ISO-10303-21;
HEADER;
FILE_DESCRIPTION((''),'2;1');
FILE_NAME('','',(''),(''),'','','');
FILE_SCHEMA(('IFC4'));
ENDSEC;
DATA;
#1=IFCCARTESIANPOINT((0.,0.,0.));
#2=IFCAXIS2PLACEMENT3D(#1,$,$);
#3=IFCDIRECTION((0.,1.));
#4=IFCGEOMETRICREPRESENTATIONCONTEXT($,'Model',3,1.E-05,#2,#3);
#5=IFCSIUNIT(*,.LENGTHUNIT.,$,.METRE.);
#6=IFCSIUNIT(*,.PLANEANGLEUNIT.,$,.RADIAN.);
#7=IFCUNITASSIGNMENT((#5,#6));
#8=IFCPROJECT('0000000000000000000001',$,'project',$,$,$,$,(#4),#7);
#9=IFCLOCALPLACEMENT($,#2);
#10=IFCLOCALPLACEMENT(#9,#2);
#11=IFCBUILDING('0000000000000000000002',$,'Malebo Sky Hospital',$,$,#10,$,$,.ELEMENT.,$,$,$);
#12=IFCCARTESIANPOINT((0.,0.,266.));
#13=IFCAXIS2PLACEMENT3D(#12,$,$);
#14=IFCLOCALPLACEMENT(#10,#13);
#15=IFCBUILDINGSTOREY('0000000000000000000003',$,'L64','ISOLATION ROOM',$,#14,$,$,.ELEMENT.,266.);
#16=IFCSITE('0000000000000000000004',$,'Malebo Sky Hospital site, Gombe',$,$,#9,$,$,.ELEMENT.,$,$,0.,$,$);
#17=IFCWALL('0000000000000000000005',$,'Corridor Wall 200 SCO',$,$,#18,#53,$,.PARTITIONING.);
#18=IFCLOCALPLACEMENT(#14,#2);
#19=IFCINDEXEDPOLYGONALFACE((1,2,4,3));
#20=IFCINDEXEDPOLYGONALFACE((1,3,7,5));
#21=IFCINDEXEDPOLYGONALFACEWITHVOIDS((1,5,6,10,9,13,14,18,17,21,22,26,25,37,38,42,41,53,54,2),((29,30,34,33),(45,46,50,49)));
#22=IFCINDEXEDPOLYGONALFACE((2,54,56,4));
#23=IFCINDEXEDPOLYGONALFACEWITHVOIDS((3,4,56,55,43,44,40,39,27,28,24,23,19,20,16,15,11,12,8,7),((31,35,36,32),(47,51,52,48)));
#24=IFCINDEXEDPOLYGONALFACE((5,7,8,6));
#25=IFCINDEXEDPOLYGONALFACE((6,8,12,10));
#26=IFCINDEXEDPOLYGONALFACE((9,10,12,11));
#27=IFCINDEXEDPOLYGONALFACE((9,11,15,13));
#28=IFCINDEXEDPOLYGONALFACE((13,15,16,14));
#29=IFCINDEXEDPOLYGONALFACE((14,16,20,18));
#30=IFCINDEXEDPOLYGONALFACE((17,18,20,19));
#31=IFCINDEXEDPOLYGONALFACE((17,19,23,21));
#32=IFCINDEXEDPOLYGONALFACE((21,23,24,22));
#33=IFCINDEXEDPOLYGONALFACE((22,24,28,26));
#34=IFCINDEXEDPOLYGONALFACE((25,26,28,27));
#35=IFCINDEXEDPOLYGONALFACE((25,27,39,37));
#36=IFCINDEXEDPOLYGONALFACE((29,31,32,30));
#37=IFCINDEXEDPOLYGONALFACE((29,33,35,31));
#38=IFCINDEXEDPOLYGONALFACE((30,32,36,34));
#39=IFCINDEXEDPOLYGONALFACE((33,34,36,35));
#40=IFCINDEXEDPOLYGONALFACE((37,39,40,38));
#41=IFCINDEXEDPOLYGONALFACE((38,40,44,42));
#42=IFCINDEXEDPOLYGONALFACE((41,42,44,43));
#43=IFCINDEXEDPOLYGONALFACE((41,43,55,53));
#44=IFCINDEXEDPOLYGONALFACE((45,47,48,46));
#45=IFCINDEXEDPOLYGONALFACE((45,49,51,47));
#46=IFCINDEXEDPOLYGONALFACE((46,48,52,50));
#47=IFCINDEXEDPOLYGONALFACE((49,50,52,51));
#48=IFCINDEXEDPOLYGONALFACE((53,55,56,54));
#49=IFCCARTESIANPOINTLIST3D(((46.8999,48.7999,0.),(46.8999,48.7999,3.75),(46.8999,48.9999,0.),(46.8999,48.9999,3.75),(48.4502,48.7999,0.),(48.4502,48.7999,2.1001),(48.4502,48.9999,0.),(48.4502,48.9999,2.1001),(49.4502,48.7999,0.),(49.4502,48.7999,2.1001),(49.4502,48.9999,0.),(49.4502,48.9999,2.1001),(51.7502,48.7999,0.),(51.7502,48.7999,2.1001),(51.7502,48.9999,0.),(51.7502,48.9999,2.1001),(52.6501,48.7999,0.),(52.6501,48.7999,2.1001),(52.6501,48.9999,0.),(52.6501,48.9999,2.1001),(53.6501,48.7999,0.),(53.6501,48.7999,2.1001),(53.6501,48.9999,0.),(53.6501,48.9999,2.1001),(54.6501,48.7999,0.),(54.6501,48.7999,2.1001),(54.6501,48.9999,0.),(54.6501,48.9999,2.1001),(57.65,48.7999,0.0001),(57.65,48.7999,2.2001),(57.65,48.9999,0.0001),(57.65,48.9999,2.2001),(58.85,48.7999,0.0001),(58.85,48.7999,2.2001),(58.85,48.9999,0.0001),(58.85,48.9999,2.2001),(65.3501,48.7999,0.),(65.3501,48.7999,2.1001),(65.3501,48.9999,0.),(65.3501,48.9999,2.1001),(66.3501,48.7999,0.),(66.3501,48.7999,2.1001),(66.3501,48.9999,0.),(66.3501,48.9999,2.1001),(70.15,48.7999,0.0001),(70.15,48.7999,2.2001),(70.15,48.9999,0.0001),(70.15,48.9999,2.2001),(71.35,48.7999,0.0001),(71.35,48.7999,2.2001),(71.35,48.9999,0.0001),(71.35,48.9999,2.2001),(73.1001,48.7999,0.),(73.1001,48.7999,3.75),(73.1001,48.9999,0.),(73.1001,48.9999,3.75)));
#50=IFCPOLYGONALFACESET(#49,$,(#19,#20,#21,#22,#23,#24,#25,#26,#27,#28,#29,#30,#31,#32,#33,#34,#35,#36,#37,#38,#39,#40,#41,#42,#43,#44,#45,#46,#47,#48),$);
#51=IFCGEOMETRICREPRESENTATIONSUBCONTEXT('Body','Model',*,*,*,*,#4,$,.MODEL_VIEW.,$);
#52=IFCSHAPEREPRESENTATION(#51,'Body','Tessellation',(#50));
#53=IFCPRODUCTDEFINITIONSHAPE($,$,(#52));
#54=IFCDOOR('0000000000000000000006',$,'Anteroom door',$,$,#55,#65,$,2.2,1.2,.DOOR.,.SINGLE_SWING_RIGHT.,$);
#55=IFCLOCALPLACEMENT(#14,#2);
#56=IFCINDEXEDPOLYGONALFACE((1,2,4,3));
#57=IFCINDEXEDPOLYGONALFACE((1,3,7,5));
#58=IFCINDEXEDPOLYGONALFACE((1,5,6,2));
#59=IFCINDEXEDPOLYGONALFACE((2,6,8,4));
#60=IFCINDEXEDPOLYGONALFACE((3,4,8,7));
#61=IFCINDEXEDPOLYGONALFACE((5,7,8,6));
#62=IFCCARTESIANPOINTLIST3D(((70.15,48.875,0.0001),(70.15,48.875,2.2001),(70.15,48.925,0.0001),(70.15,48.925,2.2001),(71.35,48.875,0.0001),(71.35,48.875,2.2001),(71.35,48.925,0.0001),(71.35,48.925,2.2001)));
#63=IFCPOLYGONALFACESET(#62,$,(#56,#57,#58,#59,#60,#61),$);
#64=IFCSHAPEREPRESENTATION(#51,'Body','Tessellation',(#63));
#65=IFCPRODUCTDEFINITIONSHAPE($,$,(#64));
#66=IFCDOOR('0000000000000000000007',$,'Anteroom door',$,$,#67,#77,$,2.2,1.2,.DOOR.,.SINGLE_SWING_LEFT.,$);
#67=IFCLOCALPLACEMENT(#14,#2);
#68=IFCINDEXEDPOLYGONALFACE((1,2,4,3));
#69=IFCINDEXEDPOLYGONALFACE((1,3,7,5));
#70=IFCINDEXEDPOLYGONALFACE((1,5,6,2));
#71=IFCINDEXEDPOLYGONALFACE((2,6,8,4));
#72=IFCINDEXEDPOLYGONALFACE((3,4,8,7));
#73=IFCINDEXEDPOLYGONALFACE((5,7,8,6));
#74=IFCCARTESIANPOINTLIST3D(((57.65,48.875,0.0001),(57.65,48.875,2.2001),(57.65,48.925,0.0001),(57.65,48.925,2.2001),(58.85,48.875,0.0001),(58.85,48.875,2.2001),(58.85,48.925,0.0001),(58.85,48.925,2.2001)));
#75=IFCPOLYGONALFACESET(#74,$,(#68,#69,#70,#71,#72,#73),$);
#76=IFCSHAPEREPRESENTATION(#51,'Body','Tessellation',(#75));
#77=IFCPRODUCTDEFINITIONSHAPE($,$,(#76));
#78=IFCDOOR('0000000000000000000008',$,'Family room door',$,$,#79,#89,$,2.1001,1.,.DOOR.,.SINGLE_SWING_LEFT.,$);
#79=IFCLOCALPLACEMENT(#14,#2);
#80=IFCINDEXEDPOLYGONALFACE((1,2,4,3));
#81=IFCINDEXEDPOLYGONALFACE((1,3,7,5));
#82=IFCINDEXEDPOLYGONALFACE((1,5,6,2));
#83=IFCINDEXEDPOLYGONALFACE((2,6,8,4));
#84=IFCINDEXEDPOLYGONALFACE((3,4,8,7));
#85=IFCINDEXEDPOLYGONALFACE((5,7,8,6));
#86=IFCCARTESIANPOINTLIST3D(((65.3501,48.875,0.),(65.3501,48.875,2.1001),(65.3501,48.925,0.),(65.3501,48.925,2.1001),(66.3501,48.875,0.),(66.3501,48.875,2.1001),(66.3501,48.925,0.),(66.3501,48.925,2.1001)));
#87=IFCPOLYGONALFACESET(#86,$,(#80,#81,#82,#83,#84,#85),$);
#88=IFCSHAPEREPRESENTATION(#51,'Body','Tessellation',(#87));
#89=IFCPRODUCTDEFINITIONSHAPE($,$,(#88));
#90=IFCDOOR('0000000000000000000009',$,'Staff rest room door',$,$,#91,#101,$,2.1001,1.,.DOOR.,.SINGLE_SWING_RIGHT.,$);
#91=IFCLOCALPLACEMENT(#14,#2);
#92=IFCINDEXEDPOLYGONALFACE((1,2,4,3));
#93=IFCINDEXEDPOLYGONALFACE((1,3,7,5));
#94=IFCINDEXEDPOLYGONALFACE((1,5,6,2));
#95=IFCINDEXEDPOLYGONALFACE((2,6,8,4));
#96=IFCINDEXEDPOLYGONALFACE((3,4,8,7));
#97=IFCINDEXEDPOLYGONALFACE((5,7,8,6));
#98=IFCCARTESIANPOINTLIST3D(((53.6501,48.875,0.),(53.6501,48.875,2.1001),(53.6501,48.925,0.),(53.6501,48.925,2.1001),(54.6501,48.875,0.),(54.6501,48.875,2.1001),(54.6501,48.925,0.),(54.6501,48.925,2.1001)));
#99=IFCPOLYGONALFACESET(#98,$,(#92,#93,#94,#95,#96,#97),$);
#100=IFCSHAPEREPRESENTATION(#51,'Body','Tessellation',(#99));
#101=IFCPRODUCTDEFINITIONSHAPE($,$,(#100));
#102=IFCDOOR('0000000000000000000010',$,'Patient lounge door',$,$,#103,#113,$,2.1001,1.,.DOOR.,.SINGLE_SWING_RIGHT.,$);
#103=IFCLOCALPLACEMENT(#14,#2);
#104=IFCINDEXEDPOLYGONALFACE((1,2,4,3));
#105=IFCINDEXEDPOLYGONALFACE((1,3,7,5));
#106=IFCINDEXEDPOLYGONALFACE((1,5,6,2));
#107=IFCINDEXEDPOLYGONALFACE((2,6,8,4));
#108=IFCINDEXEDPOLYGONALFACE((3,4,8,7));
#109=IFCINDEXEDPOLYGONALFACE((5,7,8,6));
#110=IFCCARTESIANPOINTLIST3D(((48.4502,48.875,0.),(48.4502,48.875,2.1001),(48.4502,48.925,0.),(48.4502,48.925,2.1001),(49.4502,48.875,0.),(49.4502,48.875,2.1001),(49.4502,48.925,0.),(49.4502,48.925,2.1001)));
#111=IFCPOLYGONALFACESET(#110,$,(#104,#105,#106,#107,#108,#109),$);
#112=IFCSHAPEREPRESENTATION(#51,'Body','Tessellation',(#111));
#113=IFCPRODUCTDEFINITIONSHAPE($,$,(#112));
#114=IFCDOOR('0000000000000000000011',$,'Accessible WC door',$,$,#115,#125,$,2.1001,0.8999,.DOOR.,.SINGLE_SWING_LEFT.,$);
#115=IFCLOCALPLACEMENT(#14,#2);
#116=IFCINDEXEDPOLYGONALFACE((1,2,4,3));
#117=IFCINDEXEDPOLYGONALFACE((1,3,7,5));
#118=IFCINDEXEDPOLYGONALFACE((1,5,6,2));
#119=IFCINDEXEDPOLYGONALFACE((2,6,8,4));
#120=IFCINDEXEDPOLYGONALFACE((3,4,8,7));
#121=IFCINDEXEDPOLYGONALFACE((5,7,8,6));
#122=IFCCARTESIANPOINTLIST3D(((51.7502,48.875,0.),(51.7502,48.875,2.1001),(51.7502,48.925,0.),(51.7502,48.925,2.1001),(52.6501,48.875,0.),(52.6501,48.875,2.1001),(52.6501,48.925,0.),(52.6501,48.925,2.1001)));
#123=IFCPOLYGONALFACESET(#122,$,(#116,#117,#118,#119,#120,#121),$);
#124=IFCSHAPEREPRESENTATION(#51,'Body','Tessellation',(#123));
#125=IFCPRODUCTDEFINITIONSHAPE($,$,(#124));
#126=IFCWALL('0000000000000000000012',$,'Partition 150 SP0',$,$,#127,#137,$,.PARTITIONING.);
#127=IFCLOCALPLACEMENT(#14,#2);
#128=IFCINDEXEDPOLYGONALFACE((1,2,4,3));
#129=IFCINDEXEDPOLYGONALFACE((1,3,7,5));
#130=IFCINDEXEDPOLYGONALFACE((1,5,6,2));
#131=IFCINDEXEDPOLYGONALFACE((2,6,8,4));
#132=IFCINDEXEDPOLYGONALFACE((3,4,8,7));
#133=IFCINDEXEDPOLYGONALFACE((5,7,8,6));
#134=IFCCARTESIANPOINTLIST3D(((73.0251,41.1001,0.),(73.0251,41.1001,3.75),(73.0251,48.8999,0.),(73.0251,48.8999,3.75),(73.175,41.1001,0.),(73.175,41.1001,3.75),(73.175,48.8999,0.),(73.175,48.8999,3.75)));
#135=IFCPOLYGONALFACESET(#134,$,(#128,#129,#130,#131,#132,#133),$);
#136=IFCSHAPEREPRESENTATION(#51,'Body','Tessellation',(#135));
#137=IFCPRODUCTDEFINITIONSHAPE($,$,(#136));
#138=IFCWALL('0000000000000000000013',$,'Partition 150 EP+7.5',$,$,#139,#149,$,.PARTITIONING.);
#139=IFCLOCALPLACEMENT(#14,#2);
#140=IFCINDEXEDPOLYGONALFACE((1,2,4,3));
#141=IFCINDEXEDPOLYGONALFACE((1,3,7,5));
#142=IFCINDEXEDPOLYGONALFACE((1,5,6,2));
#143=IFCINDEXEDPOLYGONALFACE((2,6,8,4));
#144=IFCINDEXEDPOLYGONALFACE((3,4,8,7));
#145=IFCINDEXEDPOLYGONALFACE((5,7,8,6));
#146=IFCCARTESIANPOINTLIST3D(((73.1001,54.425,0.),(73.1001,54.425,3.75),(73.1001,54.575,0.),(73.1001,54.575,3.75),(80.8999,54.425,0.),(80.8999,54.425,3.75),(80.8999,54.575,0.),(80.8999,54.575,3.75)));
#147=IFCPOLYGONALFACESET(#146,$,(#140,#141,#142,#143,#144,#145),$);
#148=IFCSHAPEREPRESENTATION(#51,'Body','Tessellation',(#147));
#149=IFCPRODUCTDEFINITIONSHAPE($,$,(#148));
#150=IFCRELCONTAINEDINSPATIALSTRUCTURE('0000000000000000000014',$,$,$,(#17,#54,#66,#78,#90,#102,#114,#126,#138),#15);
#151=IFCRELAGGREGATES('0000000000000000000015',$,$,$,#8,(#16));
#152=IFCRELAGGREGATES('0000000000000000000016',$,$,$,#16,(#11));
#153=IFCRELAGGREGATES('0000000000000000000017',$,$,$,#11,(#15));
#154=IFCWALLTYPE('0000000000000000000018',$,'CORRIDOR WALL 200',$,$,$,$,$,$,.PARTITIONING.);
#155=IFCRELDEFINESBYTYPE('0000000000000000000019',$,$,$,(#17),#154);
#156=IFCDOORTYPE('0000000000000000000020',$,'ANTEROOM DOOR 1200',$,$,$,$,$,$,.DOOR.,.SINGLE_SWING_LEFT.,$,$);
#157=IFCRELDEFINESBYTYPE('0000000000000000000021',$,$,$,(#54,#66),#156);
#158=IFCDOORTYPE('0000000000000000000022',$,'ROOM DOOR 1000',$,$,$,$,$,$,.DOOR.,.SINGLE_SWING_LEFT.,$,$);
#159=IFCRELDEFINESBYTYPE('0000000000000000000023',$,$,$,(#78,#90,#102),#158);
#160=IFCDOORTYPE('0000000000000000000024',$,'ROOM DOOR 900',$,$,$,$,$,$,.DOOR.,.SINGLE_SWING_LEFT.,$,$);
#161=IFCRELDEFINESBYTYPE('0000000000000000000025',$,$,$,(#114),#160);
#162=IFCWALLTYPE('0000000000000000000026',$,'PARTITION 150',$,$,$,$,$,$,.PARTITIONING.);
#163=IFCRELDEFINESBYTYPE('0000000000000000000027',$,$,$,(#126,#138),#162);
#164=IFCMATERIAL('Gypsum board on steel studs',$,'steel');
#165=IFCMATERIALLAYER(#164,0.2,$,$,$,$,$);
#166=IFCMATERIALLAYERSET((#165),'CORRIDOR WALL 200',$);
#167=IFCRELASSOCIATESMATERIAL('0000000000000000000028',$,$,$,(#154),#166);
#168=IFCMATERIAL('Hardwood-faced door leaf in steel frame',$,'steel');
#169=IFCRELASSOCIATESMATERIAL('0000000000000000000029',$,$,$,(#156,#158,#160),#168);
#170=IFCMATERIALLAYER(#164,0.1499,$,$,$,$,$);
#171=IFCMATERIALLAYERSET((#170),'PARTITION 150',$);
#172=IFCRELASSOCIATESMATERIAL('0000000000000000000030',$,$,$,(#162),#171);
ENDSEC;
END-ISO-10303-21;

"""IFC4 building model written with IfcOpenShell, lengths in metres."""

from ifc_helpers import new_model, si_unit, direction, frame, frame_2d, origin, place, context, subcontext, project, spatial, rectangle, extrude, material, layer, layer_set, type_object, element, fill, save


model = new_model("IFC4")

# Units and contexts
model_context = context("Model", 3, precision=1e-05, world=origin(), true_north=direction((0.0, 1.0)))
body_context = subcontext(model_context, "Body", "Model", "MODEL_VIEW")
ifc_project = project(units=[si_unit("LENGTHUNIT", "METRE"), si_unit("PLANEANGLEUNIT", "RADIAN")], contexts=[model_context])

# Site, building, storey
site_placement = place(None, origin())
site = spatial("IfcSite", under=ifc_project, at=site_placement, Name="Malebo Sky Hospital site, Gombe", CompositionType="ELEMENT", RefElevation=0.0)
building_placement = place(site_placement, origin())
building = spatial("IfcBuilding", under=site, at=building_placement, Name="Malebo Sky Hospital", CompositionType="ELEMENT")
storey_placement = place(building_placement, frame((0.0, 0.0, 266.0)))
storey = spatial("IfcBuildingStorey", under=building, at=storey_placement, Name="L64", Description="ISOLATION ROOM", CompositionType="ELEMENT", Elevation=266.0)

# Wall, openings, doors
ifc_material_1 = material(Name="Gypsum board on steel studs", Category="steel")
ifc_layer_1 = layer(ifc_material_1, 0.2)
ifc_layer_set_1 = layer_set([ifc_layer_1], Name="CORRIDOR WALL 200")
wall_type_1 = type_object("IfcWallType", Name="CORRIDOR WALL 200", PredefinedType="PARTITIONING", material=ifc_layer_set_1)
wall_1_placement = place(storey_placement, frame((73.1001, 48.8999, 0.0), z_axis=(0.0, 0.0, 1.0), x_axis=(-1.0, 0.0, 0.0)))
wall_1 = element("IfcWall", 1, at=wall_1_placement, inside=storey, type_object=wall_type_1, Name="Corridor Wall 200 SCO", PredefinedType="PARTITIONING", context=body_context, shape_type="SweptSolid", body=[
    extrude(rectangle(XDim=26.2002, YDim=0.2, at=frame_2d((13.1001, 0.0))), origin(), (0.0, 0.0, 1.0), 3.75),
])
opening_1_placement = place(wall_1_placement, frame((1.75, 0.0, 0.0)))
opening_1 = element("IfcOpeningElement", 2, at=opening_1_placement, cuts=wall_1, PredefinedType="OPENING", context=body_context, shape_type="SweptSolid", body=[
    extrude(rectangle(XDim=1.2, YDim=2.2, at=frame_2d((0.6001, 1.1001))), frame((0.0, 0.1099, 0.0), z_axis=(0.0, -1.0, 0.0), x_axis=(1.0, 0.0, 0.0)), (0.0, 0.0, 1.0), 0.22),
])
opening_2_placement = place(wall_1_placement, frame((6.75, 0.0, 0.0)))
opening_2 = element("IfcOpeningElement", 3, at=opening_2_placement, cuts=wall_1, PredefinedType="OPENING", context=body_context, shape_type="SweptSolid", body=[
    extrude(rectangle(XDim=1.0, YDim=2.1001, at=frame_2d((0.5, 1.05))), frame((0.0, 0.1099, 0.0), z_axis=(0.0, -1.0, 0.0), x_axis=(1.0, 0.0, 0.0)), (0.0, 0.0, 1.0), 0.22),
])
opening_3_placement = place(wall_1_placement, frame((14.25, 0.0, 0.0)))
opening_3 = element("IfcOpeningElement", 4, at=opening_3_placement, cuts=wall_1, PredefinedType="OPENING", context=body_context, shape_type="SweptSolid", body=[
    extrude(rectangle(XDim=1.2, YDim=2.2, at=frame_2d((0.6001, 1.1001))), frame((0.0, 0.1099, 0.0), z_axis=(0.0, -1.0, 0.0), x_axis=(1.0, 0.0, 0.0)), (0.0, 0.0, 1.0), 0.22),
])
opening_4_placement = place(wall_1_placement, frame((20.45, 0.0, 0.0)))
opening_4 = element("IfcOpeningElement", 5, at=opening_4_placement, cuts=wall_1, PredefinedType="OPENING", context=body_context, shape_type="SweptSolid", body=[
    extrude(rectangle(XDim=0.8999, YDim=2.1001, at=frame_2d((0.45, 1.05))), frame((0.0, 0.1099, 0.0), z_axis=(0.0, -1.0, 0.0), x_axis=(1.0, 0.0, 0.0)), (0.0, 0.0, 1.0), 0.22),
])
opening_5_placement = place(wall_1_placement, frame((18.45, 0.0, 0.0)))
opening_5 = element("IfcOpeningElement", 6, at=opening_5_placement, cuts=wall_1, PredefinedType="OPENING", context=body_context, shape_type="SweptSolid", body=[
    extrude(rectangle(XDim=1.0, YDim=2.1001, at=frame_2d((0.5, 1.05))), frame((0.0, 0.1099, 0.0), z_axis=(0.0, -1.0, 0.0), x_axis=(1.0, 0.0, 0.0)), (0.0, 0.0, 1.0), 0.22),
])
opening_6_placement = place(wall_1_placement, frame((23.6499, 0.0, 0.0)))
opening_6 = element("IfcOpeningElement", 7, at=opening_6_placement, cuts=wall_1, PredefinedType="OPENING", context=body_context, shape_type="SweptSolid", body=[
    extrude(rectangle(XDim=1.0, YDim=2.1001, at=frame_2d((0.5, 1.05))), frame((0.0, 0.1099, 0.0), z_axis=(0.0, -1.0, 0.0), x_axis=(1.0, 0.0, 0.0)), (0.0, 0.0, 1.0), 0.22),
])
ifc_material_2 = material(Name="Hardwood-faced door leaf in steel frame", Category="steel")
door_type_1 = type_object("IfcDoorType", Name="ANTEROOM DOOR 1200", OperationType="SINGLE_SWING_LEFT", PredefinedType="DOOR", material=ifc_material_2)
door_1_placement = place(opening_1_placement, origin())
door_1 = element("IfcDoor", 8, at=door_1_placement, inside=storey, type_object=door_type_1, Name="Anteroom door", OperationType="SINGLE_SWING_RIGHT", OverallHeight=2.2, OverallWidth=1.2, PredefinedType="DOOR", context=body_context, shape_type="SweptSolid", body=[
    extrude(rectangle(XDim=1.2, YDim=2.2, at=frame_2d((0.6001, 1.1001))), frame((0.0, 0.0249, 0.0), z_axis=(0.0, -1.0, 0.0), x_axis=(1.0, 0.0, 0.0)), (0.0, 0.0, 1.0), 0.05),
])
fill(opening_1, door_1)
door_2_placement = place(opening_3_placement, origin())
door_2 = element("IfcDoor", 9, at=door_2_placement, inside=storey, type_object=door_type_1, Name="Anteroom door", OperationType="SINGLE_SWING_LEFT", OverallHeight=2.2, OverallWidth=1.2, PredefinedType="DOOR", context=body_context, shape_type="SweptSolid", body=[
    extrude(rectangle(XDim=1.2, YDim=2.2, at=frame_2d((0.6001, 1.1001))), frame((0.0, 0.0249, 0.0), z_axis=(0.0, -1.0, 0.0), x_axis=(1.0, 0.0, 0.0)), (0.0, 0.0, 1.0), 0.05),
])
fill(opening_3, door_2)
door_type_2 = type_object("IfcDoorType", Name="ROOM DOOR 1000", OperationType="SINGLE_SWING_LEFT", PredefinedType="DOOR", material=ifc_material_2)
door_3_placement = place(opening_2_placement, origin())
door_3 = element("IfcDoor", 10, at=door_3_placement, inside=storey, type_object=door_type_2, Name="Family room door", OperationType="SINGLE_SWING_LEFT", OverallHeight=2.1001, OverallWidth=1.0, PredefinedType="DOOR", context=body_context, shape_type="SweptSolid", body=[
    extrude(rectangle(XDim=1.0, YDim=2.1001, at=frame_2d((0.5, 1.05))), frame((0.0, 0.0249, 0.0), z_axis=(0.0, -1.0, 0.0), x_axis=(1.0, 0.0, 0.0)), (0.0, 0.0, 1.0), 0.05),
])
fill(opening_2, door_3)
door_4_placement = place(opening_5_placement, origin())
door_4 = element("IfcDoor", 11, at=door_4_placement, inside=storey, type_object=door_type_2, Name="Staff rest room door", OperationType="SINGLE_SWING_RIGHT", OverallHeight=2.1001, OverallWidth=1.0, PredefinedType="DOOR", context=body_context, shape_type="SweptSolid", body=[
    extrude(rectangle(XDim=1.0, YDim=2.1001, at=frame_2d((0.5, 1.05))), frame((0.0, 0.0249, 0.0), z_axis=(0.0, -1.0, 0.0), x_axis=(1.0, 0.0, 0.0)), (0.0, 0.0, 1.0), 0.05),
])
fill(opening_5, door_4)
door_5_placement = place(opening_6_placement, origin())
door_5 = element("IfcDoor", 12, at=door_5_placement, inside=storey, type_object=door_type_2, Name="Patient lounge door", OperationType="SINGLE_SWING_RIGHT", OverallHeight=2.1001, OverallWidth=1.0, PredefinedType="DOOR", context=body_context, shape_type="SweptSolid", body=[
    extrude(rectangle(XDim=1.0, YDim=2.1001, at=frame_2d((0.5, 1.05))), frame((0.0, 0.0249, 0.0), z_axis=(0.0, -1.0, 0.0), x_axis=(1.0, 0.0, 0.0)), (0.0, 0.0, 1.0), 0.05),
])
fill(opening_6, door_5)
door_type_3 = type_object("IfcDoorType", Name="ROOM DOOR 900", OperationType="SINGLE_SWING_LEFT", PredefinedType="DOOR", material=ifc_material_2)
door_6_placement = place(opening_4_placement, origin())
door_6 = element("IfcDoor", 13, at=door_6_placement, inside=storey, type_object=door_type_3, Name="Accessible WC door", OperationType="SINGLE_SWING_LEFT", OverallHeight=2.1001, OverallWidth=0.8999, PredefinedType="DOOR", context=body_context, shape_type="SweptSolid", body=[
    extrude(rectangle(XDim=0.8999, YDim=2.1001, at=frame_2d((0.45, 1.05))), frame((0.0, 0.0249, 0.0), z_axis=(0.0, -1.0, 0.0), x_axis=(1.0, 0.0, 0.0)), (0.0, 0.0, 1.0), 0.05),
])
fill(opening_4, door_6)

# Walls
ifc_layer_2 = layer(ifc_material_1, 0.1499)
ifc_layer_set_2 = layer_set([ifc_layer_2], Name="PARTITION 150")
wall_type_2 = type_object("IfcWallType", Name="PARTITION 150", PredefinedType="PARTITIONING", material=ifc_layer_set_2)
for number, where, z_axis, x_axis, name in (
    (14, (73.1001, 48.8999, 0.0), (0.0, 0.0, 1.0), (0.0, -1.0, 0.0), "Partition 150 SP0"),
    (15, (73.1001, 54.5, 0.0), (0.0, 0.0, 1.0), (1.0, 0.0, 0.0), "Partition 150 EP+7.5"),
):
    element("IfcWall", number, at=place(storey_placement, frame(where, z_axis=z_axis, x_axis=x_axis)), inside=storey, type_object=wall_type_2, Name=name, PredefinedType="PARTITIONING", context=body_context, shape_type="SweptSolid", body=[
        extrude(rectangle(XDim=7.7998, YDim=0.1499, at=frame_2d((3.8999, 0.0))), origin(), (0.0, 0.0, 1.0), 3.75),
    ])

save(model, "model.ifc")
